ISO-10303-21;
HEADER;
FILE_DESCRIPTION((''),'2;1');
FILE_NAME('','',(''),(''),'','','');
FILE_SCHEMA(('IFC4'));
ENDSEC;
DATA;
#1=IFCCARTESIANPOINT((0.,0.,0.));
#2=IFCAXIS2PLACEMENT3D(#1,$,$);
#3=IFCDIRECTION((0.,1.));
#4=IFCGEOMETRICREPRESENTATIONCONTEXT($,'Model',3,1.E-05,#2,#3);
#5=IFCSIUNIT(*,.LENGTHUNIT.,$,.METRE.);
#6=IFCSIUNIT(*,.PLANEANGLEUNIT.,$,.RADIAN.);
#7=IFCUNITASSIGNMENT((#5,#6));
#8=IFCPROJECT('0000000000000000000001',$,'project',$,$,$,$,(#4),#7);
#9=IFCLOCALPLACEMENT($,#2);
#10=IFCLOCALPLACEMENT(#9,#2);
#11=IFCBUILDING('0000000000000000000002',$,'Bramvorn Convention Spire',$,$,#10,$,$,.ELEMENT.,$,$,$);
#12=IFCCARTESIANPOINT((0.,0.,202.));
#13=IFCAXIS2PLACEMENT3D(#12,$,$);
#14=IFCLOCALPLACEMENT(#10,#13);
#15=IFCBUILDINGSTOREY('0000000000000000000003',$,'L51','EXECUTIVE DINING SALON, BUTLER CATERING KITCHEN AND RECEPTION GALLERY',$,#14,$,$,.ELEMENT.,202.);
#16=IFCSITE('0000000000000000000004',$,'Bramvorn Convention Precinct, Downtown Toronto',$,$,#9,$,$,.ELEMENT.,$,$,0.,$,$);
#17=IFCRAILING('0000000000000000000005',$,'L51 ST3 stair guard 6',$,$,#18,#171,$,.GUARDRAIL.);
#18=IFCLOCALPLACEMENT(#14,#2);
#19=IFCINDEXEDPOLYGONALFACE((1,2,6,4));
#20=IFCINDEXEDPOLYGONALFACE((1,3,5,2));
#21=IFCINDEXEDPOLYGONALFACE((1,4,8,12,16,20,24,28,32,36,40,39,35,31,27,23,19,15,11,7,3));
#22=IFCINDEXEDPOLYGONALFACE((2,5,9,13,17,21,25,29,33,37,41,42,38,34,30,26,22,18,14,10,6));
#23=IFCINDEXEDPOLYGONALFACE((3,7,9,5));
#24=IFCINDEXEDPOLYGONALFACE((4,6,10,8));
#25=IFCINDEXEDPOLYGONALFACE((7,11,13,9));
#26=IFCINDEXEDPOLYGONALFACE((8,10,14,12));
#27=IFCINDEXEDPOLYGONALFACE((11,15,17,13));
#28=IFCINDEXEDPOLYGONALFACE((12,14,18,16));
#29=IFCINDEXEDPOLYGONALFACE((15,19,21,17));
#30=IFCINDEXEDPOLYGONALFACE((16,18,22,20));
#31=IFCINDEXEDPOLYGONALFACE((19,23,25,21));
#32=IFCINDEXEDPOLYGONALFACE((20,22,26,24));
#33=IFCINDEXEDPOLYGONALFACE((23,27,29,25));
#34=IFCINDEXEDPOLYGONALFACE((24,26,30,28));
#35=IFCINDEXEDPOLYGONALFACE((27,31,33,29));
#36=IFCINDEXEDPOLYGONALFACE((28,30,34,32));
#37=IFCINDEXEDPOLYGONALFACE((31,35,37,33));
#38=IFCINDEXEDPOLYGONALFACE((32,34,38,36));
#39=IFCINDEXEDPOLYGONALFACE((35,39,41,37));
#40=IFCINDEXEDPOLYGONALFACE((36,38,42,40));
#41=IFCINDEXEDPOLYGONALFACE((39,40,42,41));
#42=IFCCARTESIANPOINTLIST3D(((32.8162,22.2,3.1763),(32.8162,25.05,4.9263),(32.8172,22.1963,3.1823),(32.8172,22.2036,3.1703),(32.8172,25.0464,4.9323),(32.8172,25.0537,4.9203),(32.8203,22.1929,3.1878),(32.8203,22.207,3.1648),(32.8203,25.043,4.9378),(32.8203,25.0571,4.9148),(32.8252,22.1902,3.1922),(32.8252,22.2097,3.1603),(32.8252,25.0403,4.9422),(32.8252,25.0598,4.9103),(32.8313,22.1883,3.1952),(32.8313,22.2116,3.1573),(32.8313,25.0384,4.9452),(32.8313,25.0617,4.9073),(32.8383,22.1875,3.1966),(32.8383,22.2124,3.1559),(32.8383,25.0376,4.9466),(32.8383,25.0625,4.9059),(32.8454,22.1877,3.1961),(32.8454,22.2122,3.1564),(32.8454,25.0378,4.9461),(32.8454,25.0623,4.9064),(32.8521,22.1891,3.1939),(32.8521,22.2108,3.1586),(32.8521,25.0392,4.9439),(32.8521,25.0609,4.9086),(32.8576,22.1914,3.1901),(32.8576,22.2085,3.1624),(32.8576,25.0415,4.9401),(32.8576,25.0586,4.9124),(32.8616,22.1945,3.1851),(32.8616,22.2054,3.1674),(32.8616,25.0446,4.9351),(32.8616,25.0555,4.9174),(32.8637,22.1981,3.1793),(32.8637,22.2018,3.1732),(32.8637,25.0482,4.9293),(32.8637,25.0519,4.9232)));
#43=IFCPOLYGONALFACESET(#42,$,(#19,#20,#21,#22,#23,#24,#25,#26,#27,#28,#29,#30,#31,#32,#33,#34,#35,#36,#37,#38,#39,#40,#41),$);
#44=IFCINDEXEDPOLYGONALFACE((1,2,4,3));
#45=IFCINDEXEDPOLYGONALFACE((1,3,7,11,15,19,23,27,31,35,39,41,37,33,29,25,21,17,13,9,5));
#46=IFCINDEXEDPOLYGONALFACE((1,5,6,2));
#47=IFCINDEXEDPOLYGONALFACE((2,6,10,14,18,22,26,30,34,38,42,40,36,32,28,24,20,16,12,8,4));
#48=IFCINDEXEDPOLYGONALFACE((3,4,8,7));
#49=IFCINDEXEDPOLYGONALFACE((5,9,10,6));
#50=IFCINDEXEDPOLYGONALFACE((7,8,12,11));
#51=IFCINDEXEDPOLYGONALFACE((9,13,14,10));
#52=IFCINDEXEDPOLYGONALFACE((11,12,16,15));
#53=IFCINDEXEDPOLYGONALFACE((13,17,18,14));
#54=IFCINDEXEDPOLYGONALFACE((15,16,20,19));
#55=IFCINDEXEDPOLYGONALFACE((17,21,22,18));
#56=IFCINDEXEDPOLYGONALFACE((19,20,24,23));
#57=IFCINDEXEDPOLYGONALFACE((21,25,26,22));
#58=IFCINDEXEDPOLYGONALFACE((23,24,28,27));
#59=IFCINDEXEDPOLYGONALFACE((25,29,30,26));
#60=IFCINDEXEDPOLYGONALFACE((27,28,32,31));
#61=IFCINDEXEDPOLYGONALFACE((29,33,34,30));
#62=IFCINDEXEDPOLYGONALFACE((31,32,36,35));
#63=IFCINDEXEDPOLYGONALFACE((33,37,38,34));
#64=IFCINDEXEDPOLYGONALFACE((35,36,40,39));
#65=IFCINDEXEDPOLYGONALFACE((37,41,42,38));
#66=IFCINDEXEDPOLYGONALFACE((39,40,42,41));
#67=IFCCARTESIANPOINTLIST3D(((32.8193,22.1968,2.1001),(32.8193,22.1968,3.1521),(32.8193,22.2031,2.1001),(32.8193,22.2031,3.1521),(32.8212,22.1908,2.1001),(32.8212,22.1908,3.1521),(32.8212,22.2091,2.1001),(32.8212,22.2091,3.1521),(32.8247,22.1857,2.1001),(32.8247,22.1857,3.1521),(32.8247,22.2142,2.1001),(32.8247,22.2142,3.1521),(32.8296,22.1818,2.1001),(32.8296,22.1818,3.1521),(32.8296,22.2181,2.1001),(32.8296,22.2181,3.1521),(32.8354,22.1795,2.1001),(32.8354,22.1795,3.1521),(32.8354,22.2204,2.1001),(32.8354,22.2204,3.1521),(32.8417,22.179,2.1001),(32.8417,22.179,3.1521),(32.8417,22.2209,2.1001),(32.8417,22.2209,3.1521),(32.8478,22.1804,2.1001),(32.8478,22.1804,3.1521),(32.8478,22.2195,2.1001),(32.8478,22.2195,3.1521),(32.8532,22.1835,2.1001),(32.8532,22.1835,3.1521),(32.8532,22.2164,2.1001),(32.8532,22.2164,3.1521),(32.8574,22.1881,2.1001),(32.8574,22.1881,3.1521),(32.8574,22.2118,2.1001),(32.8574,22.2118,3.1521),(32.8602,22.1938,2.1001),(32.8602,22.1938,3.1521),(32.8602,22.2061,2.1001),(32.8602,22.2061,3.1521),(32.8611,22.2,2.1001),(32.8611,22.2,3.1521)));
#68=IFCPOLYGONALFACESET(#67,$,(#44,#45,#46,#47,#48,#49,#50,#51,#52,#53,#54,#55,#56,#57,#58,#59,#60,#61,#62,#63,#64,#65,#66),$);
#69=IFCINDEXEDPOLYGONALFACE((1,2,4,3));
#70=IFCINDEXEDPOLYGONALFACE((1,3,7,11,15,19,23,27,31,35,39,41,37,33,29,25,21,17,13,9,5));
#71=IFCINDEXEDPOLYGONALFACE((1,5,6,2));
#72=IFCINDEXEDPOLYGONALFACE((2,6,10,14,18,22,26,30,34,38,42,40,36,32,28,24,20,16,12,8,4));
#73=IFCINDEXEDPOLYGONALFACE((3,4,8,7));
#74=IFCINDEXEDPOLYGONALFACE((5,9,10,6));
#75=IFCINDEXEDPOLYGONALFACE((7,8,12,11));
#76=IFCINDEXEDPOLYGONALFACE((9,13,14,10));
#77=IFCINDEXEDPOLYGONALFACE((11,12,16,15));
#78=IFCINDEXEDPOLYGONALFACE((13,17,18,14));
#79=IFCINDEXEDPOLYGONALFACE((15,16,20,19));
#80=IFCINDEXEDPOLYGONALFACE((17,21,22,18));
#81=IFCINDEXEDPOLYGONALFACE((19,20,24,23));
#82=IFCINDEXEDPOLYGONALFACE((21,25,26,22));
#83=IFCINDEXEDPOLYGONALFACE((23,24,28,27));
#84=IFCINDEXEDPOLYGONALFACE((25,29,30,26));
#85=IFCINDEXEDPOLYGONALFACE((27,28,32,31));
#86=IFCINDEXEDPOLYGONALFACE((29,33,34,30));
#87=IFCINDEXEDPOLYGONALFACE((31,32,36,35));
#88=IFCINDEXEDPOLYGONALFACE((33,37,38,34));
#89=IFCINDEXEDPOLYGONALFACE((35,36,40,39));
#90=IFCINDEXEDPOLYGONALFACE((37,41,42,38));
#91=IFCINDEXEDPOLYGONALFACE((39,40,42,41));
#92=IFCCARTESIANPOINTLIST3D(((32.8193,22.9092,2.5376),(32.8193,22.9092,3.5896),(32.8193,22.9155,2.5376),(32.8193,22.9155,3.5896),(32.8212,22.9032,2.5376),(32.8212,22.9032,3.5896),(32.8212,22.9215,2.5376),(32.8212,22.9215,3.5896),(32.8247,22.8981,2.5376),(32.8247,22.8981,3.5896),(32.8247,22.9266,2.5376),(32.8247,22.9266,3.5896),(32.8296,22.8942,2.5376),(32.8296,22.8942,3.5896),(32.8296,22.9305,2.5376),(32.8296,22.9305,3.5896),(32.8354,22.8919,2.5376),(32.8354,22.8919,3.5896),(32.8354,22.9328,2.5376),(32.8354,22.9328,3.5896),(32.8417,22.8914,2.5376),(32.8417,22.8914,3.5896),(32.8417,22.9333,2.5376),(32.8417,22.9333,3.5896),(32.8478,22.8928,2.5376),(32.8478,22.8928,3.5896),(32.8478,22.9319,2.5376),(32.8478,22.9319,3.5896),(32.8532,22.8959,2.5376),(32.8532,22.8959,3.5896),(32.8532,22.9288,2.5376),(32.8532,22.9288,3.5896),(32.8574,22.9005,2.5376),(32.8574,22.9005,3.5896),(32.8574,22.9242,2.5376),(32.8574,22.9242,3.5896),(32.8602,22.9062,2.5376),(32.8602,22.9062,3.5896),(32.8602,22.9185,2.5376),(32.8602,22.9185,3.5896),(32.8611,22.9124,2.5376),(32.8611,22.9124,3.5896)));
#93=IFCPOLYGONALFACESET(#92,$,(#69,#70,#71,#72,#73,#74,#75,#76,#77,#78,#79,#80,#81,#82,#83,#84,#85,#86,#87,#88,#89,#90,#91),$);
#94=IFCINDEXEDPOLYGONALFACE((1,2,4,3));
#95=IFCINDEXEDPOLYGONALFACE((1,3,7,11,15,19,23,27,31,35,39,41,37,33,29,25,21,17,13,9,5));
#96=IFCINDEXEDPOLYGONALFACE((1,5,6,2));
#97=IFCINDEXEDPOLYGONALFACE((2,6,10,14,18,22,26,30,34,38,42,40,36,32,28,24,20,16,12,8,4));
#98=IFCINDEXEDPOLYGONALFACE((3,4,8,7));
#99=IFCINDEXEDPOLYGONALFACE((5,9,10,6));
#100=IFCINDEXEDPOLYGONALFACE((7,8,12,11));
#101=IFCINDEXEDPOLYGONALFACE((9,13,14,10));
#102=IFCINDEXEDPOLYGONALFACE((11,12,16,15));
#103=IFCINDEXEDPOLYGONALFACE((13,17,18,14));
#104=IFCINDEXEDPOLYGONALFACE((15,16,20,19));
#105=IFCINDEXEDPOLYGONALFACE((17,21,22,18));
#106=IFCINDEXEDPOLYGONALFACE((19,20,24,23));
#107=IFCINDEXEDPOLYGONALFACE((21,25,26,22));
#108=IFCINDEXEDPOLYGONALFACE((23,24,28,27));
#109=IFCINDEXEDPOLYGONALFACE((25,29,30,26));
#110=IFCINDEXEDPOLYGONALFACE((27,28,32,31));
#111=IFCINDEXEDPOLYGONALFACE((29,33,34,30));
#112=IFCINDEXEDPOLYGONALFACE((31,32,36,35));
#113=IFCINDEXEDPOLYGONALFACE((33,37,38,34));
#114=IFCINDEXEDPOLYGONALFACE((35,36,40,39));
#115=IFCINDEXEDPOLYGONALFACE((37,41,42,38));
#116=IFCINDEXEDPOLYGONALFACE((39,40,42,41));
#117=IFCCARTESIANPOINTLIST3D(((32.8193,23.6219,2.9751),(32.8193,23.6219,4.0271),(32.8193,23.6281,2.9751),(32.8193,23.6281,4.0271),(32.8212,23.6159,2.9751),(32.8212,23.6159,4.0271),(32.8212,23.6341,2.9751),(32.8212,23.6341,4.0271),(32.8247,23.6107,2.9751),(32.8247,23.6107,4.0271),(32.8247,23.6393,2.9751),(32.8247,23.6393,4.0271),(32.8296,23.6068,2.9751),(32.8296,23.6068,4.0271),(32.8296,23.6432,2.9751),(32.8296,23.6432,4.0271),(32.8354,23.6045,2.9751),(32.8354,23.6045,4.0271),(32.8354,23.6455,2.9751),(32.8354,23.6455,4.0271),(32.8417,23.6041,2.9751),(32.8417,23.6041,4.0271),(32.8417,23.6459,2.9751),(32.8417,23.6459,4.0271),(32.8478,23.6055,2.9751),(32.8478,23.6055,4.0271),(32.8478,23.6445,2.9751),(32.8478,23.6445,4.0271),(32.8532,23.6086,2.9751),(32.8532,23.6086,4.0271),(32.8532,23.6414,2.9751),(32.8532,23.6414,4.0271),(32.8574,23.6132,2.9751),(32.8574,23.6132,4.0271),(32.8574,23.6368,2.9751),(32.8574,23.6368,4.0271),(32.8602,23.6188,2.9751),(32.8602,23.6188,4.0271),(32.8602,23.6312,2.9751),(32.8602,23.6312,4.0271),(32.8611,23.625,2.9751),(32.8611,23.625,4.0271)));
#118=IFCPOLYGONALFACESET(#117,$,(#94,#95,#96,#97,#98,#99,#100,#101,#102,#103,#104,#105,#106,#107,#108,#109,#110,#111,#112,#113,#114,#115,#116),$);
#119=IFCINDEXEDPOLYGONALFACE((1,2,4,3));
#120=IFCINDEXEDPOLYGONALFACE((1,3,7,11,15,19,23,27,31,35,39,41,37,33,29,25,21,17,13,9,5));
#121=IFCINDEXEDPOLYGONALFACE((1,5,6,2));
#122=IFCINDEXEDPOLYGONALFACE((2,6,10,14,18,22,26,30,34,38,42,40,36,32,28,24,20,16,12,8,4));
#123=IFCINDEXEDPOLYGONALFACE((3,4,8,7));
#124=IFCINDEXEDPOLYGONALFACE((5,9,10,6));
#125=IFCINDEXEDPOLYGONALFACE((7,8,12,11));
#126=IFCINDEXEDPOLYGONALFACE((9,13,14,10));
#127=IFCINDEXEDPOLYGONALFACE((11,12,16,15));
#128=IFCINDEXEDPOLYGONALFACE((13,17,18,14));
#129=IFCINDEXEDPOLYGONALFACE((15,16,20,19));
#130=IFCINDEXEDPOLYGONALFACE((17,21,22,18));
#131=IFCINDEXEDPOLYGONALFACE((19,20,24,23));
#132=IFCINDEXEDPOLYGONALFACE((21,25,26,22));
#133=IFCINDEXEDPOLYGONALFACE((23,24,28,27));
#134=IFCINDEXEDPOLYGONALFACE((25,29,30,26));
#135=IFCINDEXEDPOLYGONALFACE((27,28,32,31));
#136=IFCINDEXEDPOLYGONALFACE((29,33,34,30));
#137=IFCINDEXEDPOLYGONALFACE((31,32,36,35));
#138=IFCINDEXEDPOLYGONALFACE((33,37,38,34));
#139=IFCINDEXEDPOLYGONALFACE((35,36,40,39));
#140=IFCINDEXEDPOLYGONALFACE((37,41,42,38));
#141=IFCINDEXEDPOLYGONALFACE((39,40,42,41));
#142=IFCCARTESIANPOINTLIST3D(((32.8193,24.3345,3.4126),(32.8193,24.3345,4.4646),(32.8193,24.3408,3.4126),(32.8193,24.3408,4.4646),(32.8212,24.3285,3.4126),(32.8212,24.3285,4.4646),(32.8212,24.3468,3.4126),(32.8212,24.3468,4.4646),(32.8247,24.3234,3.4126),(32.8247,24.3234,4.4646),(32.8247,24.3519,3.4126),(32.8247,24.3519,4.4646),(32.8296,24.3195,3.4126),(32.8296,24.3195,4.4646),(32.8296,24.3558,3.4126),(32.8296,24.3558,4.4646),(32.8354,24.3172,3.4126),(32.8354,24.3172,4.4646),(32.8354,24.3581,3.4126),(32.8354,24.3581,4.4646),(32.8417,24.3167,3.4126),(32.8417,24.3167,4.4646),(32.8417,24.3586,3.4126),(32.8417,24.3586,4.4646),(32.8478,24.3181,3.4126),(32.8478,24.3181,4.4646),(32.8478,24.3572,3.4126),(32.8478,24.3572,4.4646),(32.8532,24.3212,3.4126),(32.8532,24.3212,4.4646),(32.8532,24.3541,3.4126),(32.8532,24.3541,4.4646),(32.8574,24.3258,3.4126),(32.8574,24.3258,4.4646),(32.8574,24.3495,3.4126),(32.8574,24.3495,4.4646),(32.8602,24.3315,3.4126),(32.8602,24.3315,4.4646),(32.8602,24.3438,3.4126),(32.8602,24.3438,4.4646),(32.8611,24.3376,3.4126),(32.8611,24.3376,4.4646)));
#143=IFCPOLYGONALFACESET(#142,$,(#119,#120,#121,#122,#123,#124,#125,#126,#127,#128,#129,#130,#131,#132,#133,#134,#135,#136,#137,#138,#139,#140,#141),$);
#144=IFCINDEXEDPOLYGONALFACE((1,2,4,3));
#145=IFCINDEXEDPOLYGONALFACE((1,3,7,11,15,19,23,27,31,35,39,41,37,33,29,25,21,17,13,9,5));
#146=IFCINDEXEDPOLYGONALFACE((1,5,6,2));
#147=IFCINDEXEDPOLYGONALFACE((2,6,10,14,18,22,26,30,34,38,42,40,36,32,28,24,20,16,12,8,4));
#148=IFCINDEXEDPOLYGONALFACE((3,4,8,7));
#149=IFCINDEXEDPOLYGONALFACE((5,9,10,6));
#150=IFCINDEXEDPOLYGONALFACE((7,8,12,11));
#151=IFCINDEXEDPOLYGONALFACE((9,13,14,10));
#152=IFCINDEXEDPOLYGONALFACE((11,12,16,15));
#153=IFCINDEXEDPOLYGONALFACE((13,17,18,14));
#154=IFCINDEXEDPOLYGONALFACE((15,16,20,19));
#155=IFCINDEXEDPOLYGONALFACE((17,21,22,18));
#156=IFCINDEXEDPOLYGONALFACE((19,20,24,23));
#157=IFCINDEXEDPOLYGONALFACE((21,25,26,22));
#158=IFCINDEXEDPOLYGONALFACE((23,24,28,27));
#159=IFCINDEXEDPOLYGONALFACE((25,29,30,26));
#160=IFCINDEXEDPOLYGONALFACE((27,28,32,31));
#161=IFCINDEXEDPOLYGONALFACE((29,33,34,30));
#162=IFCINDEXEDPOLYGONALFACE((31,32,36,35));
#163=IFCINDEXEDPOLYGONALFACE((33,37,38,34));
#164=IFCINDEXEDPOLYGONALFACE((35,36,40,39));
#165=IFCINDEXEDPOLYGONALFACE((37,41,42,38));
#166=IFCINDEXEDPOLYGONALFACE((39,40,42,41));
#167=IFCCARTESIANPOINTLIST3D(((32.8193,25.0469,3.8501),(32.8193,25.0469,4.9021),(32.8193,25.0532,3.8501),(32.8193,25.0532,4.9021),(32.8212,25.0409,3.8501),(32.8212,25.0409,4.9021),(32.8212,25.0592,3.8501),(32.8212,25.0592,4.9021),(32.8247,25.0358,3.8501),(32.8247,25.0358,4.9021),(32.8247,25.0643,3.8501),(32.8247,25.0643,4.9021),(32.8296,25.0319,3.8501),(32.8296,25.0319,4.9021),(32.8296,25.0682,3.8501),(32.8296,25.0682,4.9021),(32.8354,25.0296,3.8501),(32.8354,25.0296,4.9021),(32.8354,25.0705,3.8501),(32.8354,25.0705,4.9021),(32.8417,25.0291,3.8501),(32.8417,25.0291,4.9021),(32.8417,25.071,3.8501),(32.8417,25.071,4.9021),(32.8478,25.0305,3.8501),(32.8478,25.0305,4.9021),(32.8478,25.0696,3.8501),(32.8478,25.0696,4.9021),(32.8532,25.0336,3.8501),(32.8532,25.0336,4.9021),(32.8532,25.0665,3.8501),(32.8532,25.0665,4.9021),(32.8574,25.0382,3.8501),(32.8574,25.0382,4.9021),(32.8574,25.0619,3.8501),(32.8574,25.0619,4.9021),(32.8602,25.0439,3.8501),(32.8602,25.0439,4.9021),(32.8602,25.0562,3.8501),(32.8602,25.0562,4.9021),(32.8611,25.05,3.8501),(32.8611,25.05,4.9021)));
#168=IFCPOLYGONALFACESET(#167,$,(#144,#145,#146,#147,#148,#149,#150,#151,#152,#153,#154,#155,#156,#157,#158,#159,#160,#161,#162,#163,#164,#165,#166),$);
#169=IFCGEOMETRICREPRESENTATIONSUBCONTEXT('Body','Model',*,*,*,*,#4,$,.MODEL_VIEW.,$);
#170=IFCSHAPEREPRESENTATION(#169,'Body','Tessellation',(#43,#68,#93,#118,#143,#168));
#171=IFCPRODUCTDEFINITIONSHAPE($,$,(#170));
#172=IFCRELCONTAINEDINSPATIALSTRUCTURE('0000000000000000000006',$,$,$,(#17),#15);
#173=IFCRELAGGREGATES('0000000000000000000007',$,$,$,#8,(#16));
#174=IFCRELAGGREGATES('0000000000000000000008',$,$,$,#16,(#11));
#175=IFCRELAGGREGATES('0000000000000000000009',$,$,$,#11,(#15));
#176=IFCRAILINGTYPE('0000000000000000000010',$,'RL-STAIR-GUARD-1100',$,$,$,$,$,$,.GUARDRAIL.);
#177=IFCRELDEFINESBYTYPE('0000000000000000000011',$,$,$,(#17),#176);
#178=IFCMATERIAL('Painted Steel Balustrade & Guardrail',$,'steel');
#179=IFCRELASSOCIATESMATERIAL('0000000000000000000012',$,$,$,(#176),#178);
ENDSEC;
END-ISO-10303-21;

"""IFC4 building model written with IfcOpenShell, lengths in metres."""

from ifc_helpers import new_model, si_unit, direction, frame, origin, origin_2d, place, context, subcontext, project, spatial, circle, extrude, material, type_object, element, save


model = new_model("IFC4")

# Units and contexts
model_context = context("Model", 3, precision=1e-05, world=origin(), true_north=direction((0.0, 1.0)))
body_context = subcontext(model_context, "Body", "Model", "MODEL_VIEW")
ifc_project = project(units=[si_unit("LENGTHUNIT", "METRE"), si_unit("PLANEANGLEUNIT", "RADIAN")], contexts=[model_context])

# Site, building, storey
site_placement = place(None, origin())
site = spatial("IfcSite", under=ifc_project, at=site_placement, Name="Bramvorn Convention Precinct, Downtown Toronto", CompositionType="ELEMENT", RefElevation=0.0)
building_placement = place(site_placement, origin())
building = spatial("IfcBuilding", under=site, at=building_placement, Name="Bramvorn Convention Spire", CompositionType="ELEMENT")
storey_placement = place(building_placement, frame((0.0, 0.0, 202.0)))
storey = spatial("IfcBuildingStorey", under=building, at=storey_placement, Name="L51", Description="EXECUTIVE DINING SALON, BUTLER CATERING KITCHEN AND RECEPTION GALLERY", CompositionType="ELEMENT", Elevation=202.0)

# Railing
ifc_material_1 = material(Name="Painted Steel Balustrade & Guardrail", Category="steel")
railing_type_1 = type_object("IfcRailingType", Name="RL-STAIR-GUARD-1100", PredefinedType="GUARDRAIL", material=ifc_material_1)
railing_1_placement = place(storey_placement, frame((32.8401, 22.2, 2.1001)))
element("IfcRailing", 1, at=railing_1_placement, inside=storey, type_object=railing_type_1, Name="L51 ST3 stair guard 6", PredefinedType="GUARDRAIL", context=body_context, shape_type="SweptSolid", body=[
    extrude(circle(Radius=0.0239, at=origin_2d()), frame((0.0, 0.0, 1.0762), z_axis=(0.0, 0.852179, 0.52325), x_axis=(-1.0, 0.0, 0.0)), (0.0, 0.0, 1.0), 3.3445),
    extrude(circle(Radius=0.021, at=origin_2d()), origin(), (0.0, 0.0, 1.0), 1.052),
    extrude(circle(Radius=0.021, at=origin_2d()), frame((0.0, 0.7124, 0.4375)), (0.0, 0.0, 1.0), 1.052),
    extrude(circle(Radius=0.021, at=origin_2d()), frame((0.0, 1.425, 0.875)), (0.0, 0.0, 1.0), 1.052),
    extrude(circle(Radius=0.021, at=origin_2d()), frame((0.0, 2.1377, 1.3125)), (0.0, 0.0, 1.0), 1.052),
    extrude(circle(Radius=0.021, at=origin_2d()), frame((0.0, 2.8501, 1.75)), (0.0, 0.0, 1.0), 1.052),
])

save(model, "model.ifc")
